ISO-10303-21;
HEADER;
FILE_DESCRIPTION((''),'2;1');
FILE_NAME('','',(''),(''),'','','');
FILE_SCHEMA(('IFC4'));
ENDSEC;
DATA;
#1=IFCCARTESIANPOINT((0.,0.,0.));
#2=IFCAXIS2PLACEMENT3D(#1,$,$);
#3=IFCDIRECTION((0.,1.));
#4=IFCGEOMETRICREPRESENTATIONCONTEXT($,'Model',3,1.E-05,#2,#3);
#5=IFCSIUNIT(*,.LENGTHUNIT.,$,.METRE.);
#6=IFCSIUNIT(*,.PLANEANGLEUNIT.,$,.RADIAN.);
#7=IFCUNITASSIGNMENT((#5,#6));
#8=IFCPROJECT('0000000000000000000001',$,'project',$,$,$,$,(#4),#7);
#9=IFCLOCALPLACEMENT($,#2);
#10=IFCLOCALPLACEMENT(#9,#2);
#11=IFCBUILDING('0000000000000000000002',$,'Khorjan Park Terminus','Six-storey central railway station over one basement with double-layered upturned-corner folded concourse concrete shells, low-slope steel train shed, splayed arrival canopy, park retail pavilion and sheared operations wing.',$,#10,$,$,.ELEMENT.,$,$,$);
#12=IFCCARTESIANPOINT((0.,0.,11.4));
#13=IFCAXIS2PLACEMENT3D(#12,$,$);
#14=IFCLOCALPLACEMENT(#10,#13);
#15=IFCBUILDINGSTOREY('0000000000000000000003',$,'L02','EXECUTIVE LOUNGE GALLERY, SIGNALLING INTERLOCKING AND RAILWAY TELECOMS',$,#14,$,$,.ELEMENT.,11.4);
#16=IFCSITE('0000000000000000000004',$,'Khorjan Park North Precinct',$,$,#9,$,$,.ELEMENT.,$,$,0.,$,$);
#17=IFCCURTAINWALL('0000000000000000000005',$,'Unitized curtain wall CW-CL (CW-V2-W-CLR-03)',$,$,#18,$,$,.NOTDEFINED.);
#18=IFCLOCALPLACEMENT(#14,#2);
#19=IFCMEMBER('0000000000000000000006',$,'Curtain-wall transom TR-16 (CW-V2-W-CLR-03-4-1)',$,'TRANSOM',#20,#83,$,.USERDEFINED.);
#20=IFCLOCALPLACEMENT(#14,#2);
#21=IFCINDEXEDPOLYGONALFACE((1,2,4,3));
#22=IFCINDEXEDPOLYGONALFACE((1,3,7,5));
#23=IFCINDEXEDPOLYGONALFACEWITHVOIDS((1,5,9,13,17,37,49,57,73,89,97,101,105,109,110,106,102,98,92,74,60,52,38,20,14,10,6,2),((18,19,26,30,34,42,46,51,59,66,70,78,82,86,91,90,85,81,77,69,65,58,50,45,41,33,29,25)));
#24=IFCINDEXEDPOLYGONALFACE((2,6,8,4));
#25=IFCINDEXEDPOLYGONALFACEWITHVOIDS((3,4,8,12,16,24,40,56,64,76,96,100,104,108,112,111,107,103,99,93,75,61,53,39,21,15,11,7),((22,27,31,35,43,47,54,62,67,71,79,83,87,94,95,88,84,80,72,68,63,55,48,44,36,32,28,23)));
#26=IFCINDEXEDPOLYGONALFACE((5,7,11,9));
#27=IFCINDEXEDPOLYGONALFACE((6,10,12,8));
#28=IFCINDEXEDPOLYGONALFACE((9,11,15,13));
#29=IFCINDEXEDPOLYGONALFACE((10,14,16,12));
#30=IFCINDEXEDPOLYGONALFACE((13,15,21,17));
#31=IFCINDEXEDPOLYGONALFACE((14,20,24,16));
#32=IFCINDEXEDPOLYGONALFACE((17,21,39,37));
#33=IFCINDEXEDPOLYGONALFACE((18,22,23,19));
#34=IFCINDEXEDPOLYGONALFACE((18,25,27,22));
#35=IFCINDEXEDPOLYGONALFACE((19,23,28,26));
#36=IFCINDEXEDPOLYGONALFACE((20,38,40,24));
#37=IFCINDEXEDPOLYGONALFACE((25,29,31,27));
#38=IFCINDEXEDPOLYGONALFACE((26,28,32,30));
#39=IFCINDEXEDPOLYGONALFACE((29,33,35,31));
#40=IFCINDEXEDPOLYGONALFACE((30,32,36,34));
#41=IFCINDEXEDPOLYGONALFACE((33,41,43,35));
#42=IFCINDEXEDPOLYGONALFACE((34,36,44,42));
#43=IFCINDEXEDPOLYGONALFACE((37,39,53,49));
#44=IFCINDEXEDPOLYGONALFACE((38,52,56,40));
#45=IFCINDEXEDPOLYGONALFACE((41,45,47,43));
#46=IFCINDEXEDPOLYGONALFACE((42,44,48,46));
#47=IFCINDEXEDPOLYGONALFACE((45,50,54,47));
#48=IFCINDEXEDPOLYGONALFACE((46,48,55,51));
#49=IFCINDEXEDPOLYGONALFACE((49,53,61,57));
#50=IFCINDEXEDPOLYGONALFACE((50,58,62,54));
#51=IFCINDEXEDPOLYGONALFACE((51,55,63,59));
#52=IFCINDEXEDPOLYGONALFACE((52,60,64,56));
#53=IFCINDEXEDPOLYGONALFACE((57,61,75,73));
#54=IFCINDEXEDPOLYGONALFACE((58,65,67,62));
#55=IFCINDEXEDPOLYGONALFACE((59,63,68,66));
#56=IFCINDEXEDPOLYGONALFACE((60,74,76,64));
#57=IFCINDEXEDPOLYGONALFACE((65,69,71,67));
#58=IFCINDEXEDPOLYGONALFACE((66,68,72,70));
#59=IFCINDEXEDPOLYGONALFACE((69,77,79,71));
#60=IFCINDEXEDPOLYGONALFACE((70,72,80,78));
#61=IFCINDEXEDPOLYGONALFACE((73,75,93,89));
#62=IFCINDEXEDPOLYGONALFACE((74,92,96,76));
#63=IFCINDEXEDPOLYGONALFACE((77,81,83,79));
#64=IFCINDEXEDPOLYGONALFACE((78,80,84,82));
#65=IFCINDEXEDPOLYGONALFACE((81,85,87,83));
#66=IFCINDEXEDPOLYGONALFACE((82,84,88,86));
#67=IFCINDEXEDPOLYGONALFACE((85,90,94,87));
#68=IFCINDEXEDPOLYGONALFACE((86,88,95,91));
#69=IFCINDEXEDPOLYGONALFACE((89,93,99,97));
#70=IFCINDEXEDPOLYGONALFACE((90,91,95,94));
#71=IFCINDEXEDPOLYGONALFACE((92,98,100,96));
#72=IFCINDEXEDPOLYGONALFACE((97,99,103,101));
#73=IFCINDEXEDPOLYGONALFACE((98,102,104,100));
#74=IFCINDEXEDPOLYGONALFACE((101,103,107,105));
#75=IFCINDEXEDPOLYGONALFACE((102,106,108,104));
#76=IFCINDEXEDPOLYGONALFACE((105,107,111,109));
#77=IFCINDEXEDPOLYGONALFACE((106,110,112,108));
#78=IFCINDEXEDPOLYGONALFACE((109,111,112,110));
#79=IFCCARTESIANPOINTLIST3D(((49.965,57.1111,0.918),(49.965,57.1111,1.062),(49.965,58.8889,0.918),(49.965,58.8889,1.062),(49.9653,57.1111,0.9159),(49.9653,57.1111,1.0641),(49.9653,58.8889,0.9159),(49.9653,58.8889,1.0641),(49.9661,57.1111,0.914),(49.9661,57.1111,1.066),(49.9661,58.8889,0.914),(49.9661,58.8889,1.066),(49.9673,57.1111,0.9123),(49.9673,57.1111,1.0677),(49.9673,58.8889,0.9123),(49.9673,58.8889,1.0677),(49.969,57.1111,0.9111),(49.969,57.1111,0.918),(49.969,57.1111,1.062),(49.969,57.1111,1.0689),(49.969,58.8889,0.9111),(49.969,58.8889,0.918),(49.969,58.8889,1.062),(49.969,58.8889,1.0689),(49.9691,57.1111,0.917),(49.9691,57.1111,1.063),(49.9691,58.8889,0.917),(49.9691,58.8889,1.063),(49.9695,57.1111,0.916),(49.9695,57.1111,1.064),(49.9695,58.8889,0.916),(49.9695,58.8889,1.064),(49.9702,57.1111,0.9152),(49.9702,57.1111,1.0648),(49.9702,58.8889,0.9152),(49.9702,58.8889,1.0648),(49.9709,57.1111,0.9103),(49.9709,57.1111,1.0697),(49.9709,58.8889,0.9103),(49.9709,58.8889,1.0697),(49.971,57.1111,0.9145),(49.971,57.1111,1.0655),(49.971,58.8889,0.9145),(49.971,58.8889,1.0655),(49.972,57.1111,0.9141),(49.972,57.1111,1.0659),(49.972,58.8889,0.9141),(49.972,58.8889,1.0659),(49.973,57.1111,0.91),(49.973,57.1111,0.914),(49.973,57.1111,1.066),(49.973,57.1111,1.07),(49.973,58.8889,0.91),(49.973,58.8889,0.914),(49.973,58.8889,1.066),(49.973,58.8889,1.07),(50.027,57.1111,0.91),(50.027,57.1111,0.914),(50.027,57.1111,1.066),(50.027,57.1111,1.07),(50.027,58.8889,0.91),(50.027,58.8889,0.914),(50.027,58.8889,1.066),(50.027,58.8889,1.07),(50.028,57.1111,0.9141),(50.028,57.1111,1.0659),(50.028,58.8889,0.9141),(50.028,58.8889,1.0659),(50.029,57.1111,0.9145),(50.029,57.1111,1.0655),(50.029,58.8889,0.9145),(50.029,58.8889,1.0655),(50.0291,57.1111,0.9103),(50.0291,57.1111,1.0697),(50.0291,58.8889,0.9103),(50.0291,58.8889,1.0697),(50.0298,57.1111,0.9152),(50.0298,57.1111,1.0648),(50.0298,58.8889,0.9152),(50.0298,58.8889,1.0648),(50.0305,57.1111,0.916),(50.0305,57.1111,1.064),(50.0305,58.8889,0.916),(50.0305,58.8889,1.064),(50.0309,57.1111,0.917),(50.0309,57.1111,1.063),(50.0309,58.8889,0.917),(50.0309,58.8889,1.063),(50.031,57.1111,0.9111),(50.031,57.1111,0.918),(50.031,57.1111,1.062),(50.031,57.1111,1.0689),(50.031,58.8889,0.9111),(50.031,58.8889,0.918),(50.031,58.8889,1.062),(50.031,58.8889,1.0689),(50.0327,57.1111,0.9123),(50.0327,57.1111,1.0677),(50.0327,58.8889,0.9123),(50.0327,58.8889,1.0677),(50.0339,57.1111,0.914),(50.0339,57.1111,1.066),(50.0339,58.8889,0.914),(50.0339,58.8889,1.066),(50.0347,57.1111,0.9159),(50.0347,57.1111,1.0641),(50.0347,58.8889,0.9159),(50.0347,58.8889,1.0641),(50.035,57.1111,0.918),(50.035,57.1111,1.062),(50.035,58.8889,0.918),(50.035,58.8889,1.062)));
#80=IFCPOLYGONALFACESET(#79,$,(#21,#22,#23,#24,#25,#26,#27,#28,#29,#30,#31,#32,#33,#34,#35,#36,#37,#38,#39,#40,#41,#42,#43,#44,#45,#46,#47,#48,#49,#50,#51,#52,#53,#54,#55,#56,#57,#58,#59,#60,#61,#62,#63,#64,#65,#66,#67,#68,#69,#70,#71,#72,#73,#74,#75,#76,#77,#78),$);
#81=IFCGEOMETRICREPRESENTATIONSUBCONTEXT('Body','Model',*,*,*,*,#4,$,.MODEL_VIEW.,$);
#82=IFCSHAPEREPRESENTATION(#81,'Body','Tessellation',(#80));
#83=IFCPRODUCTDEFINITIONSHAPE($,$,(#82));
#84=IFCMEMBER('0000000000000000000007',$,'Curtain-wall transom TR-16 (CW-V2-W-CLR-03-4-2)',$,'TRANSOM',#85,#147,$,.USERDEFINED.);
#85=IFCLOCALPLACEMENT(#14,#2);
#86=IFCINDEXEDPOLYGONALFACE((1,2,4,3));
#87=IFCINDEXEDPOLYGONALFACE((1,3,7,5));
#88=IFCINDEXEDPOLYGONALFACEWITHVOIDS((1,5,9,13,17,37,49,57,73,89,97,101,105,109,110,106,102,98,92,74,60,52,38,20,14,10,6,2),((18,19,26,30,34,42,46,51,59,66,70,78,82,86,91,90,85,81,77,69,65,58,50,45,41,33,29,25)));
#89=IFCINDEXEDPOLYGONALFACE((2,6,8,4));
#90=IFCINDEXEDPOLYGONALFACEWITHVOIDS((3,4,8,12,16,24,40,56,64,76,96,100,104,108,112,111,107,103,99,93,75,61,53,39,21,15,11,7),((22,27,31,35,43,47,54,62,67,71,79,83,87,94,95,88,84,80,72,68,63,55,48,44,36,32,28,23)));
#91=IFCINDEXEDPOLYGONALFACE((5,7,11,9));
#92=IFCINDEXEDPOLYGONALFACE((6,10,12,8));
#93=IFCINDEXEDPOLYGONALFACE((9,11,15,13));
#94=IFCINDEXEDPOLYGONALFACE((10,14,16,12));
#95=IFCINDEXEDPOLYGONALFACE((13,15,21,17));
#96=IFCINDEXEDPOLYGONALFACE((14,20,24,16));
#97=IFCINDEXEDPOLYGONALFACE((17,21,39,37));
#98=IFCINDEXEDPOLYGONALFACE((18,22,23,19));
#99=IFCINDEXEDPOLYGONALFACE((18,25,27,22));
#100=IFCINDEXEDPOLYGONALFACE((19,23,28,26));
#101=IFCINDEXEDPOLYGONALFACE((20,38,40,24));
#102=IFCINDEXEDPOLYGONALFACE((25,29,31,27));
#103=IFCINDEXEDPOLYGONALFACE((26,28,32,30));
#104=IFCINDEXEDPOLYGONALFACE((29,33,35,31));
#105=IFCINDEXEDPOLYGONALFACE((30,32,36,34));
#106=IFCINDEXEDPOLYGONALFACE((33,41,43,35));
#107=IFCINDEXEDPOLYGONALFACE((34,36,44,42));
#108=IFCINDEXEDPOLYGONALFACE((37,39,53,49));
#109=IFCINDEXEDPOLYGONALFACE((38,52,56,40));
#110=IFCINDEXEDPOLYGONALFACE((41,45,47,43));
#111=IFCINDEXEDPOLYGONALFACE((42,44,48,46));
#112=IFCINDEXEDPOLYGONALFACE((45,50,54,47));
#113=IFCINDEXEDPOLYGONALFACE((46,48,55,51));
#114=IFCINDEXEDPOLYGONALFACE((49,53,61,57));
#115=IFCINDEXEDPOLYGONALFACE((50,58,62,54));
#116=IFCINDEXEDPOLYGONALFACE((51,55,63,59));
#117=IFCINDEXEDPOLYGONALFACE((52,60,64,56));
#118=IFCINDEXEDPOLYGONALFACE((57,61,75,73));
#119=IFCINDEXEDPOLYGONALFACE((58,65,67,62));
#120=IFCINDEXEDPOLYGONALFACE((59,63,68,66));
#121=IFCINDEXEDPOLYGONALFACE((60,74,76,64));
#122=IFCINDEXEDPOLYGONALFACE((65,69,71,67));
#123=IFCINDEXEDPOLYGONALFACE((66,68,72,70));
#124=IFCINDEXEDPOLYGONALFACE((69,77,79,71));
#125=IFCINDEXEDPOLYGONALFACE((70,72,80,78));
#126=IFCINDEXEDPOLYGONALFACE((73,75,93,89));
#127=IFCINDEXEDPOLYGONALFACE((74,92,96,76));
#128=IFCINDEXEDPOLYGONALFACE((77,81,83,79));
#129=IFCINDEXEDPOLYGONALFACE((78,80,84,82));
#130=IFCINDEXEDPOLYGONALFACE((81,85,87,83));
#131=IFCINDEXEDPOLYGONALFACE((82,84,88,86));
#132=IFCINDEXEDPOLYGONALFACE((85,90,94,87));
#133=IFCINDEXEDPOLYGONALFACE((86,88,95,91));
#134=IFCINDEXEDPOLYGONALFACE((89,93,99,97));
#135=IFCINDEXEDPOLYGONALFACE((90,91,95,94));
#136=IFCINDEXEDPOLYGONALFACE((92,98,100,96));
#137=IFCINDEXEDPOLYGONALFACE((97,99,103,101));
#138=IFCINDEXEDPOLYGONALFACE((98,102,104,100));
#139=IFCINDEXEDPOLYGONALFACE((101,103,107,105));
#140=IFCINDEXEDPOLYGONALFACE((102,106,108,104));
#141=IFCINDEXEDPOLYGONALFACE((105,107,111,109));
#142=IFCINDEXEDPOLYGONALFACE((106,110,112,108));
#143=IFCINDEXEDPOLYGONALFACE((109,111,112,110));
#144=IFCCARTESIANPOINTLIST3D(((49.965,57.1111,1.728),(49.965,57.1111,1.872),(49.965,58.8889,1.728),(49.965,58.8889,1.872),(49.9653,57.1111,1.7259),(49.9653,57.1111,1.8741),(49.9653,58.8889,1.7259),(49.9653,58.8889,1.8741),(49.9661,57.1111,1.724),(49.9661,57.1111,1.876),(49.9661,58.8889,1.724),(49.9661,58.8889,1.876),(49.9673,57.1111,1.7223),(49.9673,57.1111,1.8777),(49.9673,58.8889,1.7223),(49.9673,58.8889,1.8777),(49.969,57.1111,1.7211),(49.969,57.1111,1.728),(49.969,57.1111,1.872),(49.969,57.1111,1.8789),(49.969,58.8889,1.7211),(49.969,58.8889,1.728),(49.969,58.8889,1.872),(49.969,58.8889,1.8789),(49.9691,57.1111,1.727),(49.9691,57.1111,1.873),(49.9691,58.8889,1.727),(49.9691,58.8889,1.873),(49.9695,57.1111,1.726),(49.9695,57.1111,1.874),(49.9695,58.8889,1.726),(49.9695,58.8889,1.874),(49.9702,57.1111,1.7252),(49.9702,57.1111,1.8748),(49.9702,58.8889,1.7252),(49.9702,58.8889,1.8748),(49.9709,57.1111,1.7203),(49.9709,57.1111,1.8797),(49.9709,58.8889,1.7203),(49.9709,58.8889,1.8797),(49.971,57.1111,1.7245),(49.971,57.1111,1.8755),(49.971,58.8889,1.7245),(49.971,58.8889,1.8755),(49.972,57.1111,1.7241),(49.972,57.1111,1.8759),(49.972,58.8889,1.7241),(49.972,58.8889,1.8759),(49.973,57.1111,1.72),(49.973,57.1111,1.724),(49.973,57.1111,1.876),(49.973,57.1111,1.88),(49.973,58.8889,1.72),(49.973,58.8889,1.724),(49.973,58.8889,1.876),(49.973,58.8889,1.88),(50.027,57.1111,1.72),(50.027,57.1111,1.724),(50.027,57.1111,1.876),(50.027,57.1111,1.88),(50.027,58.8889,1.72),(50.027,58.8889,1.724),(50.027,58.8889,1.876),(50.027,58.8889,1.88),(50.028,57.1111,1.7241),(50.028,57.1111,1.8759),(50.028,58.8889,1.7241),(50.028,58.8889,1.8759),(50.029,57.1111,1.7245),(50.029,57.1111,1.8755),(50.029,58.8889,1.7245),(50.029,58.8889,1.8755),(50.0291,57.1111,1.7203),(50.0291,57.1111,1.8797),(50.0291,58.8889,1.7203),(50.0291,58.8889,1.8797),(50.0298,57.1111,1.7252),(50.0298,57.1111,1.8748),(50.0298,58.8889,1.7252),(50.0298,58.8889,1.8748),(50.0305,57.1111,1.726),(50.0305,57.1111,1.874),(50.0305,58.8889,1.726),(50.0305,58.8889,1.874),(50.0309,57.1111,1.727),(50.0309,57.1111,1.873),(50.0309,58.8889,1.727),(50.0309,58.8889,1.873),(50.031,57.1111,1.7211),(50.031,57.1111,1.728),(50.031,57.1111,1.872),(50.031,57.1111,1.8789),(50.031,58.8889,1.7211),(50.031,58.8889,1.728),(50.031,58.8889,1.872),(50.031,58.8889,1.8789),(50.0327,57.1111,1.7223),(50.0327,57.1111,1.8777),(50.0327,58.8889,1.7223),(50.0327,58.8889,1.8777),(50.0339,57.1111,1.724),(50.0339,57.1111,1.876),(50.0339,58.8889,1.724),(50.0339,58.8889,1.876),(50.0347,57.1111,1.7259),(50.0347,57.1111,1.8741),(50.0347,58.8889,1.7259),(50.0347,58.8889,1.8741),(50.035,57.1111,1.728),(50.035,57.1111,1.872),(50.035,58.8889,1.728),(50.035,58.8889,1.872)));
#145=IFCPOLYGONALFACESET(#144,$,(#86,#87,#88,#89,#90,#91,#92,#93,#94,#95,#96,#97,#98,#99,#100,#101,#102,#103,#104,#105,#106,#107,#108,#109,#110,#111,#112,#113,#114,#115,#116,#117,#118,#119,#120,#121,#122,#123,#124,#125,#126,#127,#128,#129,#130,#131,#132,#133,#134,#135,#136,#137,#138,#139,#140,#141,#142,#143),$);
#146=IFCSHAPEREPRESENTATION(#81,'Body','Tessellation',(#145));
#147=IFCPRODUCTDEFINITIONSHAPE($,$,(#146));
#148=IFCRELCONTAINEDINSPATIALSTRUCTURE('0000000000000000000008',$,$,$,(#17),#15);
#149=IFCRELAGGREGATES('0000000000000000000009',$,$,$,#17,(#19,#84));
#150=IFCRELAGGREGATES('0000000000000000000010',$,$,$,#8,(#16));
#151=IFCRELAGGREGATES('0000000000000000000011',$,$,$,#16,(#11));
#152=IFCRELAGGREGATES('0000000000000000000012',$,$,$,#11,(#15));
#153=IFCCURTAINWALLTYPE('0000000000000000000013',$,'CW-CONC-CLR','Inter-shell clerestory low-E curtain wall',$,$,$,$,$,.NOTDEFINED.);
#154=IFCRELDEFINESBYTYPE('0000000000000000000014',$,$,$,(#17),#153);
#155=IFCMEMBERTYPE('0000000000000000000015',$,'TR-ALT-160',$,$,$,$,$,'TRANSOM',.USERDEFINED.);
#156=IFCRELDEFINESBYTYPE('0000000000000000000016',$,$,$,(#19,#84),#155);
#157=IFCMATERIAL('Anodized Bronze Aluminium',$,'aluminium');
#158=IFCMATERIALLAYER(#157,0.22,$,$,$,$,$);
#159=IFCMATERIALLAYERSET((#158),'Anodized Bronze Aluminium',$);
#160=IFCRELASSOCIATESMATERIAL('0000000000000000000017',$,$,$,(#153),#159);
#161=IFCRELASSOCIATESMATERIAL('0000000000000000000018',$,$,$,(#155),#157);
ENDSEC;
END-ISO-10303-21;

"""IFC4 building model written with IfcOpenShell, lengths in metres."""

from ifc_helpers import new_model, si_unit, direction, frame, origin, origin_2d, place, context, subcontext, project, spatial, hollow_rectangle, extrude, material, layer, layer_set, material_profile, profile_set, type_object, element, aggregate, save


model = new_model("IFC4")

# Units and contexts
model_context = context("Model", 3, precision=1e-05, world=origin(), true_north=direction((0.0, 1.0)))
body_context = subcontext(model_context, "Body", "Model", "MODEL_VIEW")
ifc_project = project(units=[si_unit("LENGTHUNIT", "METRE"), si_unit("PLANEANGLEUNIT", "RADIAN")], contexts=[model_context])

# Site, building, storey
site_placement = place(None, origin())
site = spatial("IfcSite", under=ifc_project, at=site_placement, Name="Khorjan Park North Precinct", CompositionType="ELEMENT", RefElevation=0.0)
building_placement = place(site_placement, origin())
building = spatial("IfcBuilding", under=site, at=building_placement, Name="Khorjan Park Terminus", Description="Six-storey central railway station over one basement with double-layered upturned-corner folded concourse concrete shells, low-slope steel train shed, splayed arrival canopy, park retail pavilion and sheared operations wing.", CompositionType="ELEMENT")
storey_placement = place(building_placement, frame((0.0, 0.0, 11.4)))
storey = spatial("IfcBuildingStorey", under=building, at=storey_placement, Name="L02", Description="EXECUTIVE LOUNGE GALLERY, SIGNALLING INTERLOCKING AND RAILWAY TELECOMS", CompositionType="ELEMENT", Elevation=11.4)

# Curtain wall, members
ifc_material_1 = material(Name="Anodized Bronze Aluminium", Category="aluminium")
ifc_layer_1 = layer(ifc_material_1, 0.22)
ifc_layer_set_1 = layer_set([ifc_layer_1], Name="Anodized Bronze Aluminium")
curtain_wall_type = type_object("IfcCurtainWallType", Name="CW-CONC-CLR", Description="Inter-shell clerestory low-E curtain wall", PredefinedType="NOTDEFINED", material=ifc_layer_set_1)
curtain_wall_placement = place(storey_placement, origin())
curtain_wall = element("IfcCurtainWall", 1, at=curtain_wall_placement, inside=storey, type_object=curtain_wall_type, Name="Unitized curtain wall CW-CL (CW-V2-W-CLR-03)", PredefinedType="NOTDEFINED")
ifc_material_profile_1 = material_profile(ifc_material_1, hollow_rectangle(XDim=0.07, YDim=0.16, WallThickness=0.004, InnerFilletRadius=0.004, OuterFilletRadius=0.008, at=origin_2d()), Name="ALT 70x160x4")
ifc_profile_set_1 = profile_set([ifc_material_profile_1], Name="Anodized Bronze Aluminium")
member_type_1 = type_object("IfcMemberType", Name="TR-ALT-160", ElementType="TRANSOM", PredefinedType="USERDEFINED", material=ifc_profile_set_1)
member_1_placement = place(storey_placement, frame((50.0, 58.8889, 0.99), z_axis=(0.0, -1.0, 0.0), x_axis=(1.0, 0.0, 0.0)))
member_1 = element("IfcMember", 2, at=member_1_placement, type_object=member_type_1, Name="Curtain-wall transom TR-16 (CW-V2-W-CLR-03-4-1)", ObjectType="TRANSOM", PredefinedType="USERDEFINED", context=body_context, shape_type="SweptSolid", body=[
    extrude(hollow_rectangle(XDim=0.07, YDim=0.16, WallThickness=0.004, InnerFilletRadius=0.004, OuterFilletRadius=0.008, at=origin_2d()), origin(), (0.0, 0.0, 1.0), 1.7778),
])
member_2_placement = place(storey_placement, frame((50.0, 58.8889, 1.8), z_axis=(0.0, -1.0, 0.0), x_axis=(1.0, 0.0, 0.0)))
member_2 = element("IfcMember", 3, at=member_2_placement, type_object=member_type_1, Name="Curtain-wall transom TR-16 (CW-V2-W-CLR-03-4-2)", ObjectType="TRANSOM", PredefinedType="USERDEFINED", context=body_context, shape_type="SweptSolid", body=[
    extrude(hollow_rectangle(XDim=0.07, YDim=0.16, WallThickness=0.004, InnerFilletRadius=0.004, OuterFilletRadius=0.008, at=origin_2d()), origin(), (0.0, 0.0, 1.0), 1.7778),
])
aggregate(curtain_wall, [member_1, member_2])

save(model, "model.ifc")
